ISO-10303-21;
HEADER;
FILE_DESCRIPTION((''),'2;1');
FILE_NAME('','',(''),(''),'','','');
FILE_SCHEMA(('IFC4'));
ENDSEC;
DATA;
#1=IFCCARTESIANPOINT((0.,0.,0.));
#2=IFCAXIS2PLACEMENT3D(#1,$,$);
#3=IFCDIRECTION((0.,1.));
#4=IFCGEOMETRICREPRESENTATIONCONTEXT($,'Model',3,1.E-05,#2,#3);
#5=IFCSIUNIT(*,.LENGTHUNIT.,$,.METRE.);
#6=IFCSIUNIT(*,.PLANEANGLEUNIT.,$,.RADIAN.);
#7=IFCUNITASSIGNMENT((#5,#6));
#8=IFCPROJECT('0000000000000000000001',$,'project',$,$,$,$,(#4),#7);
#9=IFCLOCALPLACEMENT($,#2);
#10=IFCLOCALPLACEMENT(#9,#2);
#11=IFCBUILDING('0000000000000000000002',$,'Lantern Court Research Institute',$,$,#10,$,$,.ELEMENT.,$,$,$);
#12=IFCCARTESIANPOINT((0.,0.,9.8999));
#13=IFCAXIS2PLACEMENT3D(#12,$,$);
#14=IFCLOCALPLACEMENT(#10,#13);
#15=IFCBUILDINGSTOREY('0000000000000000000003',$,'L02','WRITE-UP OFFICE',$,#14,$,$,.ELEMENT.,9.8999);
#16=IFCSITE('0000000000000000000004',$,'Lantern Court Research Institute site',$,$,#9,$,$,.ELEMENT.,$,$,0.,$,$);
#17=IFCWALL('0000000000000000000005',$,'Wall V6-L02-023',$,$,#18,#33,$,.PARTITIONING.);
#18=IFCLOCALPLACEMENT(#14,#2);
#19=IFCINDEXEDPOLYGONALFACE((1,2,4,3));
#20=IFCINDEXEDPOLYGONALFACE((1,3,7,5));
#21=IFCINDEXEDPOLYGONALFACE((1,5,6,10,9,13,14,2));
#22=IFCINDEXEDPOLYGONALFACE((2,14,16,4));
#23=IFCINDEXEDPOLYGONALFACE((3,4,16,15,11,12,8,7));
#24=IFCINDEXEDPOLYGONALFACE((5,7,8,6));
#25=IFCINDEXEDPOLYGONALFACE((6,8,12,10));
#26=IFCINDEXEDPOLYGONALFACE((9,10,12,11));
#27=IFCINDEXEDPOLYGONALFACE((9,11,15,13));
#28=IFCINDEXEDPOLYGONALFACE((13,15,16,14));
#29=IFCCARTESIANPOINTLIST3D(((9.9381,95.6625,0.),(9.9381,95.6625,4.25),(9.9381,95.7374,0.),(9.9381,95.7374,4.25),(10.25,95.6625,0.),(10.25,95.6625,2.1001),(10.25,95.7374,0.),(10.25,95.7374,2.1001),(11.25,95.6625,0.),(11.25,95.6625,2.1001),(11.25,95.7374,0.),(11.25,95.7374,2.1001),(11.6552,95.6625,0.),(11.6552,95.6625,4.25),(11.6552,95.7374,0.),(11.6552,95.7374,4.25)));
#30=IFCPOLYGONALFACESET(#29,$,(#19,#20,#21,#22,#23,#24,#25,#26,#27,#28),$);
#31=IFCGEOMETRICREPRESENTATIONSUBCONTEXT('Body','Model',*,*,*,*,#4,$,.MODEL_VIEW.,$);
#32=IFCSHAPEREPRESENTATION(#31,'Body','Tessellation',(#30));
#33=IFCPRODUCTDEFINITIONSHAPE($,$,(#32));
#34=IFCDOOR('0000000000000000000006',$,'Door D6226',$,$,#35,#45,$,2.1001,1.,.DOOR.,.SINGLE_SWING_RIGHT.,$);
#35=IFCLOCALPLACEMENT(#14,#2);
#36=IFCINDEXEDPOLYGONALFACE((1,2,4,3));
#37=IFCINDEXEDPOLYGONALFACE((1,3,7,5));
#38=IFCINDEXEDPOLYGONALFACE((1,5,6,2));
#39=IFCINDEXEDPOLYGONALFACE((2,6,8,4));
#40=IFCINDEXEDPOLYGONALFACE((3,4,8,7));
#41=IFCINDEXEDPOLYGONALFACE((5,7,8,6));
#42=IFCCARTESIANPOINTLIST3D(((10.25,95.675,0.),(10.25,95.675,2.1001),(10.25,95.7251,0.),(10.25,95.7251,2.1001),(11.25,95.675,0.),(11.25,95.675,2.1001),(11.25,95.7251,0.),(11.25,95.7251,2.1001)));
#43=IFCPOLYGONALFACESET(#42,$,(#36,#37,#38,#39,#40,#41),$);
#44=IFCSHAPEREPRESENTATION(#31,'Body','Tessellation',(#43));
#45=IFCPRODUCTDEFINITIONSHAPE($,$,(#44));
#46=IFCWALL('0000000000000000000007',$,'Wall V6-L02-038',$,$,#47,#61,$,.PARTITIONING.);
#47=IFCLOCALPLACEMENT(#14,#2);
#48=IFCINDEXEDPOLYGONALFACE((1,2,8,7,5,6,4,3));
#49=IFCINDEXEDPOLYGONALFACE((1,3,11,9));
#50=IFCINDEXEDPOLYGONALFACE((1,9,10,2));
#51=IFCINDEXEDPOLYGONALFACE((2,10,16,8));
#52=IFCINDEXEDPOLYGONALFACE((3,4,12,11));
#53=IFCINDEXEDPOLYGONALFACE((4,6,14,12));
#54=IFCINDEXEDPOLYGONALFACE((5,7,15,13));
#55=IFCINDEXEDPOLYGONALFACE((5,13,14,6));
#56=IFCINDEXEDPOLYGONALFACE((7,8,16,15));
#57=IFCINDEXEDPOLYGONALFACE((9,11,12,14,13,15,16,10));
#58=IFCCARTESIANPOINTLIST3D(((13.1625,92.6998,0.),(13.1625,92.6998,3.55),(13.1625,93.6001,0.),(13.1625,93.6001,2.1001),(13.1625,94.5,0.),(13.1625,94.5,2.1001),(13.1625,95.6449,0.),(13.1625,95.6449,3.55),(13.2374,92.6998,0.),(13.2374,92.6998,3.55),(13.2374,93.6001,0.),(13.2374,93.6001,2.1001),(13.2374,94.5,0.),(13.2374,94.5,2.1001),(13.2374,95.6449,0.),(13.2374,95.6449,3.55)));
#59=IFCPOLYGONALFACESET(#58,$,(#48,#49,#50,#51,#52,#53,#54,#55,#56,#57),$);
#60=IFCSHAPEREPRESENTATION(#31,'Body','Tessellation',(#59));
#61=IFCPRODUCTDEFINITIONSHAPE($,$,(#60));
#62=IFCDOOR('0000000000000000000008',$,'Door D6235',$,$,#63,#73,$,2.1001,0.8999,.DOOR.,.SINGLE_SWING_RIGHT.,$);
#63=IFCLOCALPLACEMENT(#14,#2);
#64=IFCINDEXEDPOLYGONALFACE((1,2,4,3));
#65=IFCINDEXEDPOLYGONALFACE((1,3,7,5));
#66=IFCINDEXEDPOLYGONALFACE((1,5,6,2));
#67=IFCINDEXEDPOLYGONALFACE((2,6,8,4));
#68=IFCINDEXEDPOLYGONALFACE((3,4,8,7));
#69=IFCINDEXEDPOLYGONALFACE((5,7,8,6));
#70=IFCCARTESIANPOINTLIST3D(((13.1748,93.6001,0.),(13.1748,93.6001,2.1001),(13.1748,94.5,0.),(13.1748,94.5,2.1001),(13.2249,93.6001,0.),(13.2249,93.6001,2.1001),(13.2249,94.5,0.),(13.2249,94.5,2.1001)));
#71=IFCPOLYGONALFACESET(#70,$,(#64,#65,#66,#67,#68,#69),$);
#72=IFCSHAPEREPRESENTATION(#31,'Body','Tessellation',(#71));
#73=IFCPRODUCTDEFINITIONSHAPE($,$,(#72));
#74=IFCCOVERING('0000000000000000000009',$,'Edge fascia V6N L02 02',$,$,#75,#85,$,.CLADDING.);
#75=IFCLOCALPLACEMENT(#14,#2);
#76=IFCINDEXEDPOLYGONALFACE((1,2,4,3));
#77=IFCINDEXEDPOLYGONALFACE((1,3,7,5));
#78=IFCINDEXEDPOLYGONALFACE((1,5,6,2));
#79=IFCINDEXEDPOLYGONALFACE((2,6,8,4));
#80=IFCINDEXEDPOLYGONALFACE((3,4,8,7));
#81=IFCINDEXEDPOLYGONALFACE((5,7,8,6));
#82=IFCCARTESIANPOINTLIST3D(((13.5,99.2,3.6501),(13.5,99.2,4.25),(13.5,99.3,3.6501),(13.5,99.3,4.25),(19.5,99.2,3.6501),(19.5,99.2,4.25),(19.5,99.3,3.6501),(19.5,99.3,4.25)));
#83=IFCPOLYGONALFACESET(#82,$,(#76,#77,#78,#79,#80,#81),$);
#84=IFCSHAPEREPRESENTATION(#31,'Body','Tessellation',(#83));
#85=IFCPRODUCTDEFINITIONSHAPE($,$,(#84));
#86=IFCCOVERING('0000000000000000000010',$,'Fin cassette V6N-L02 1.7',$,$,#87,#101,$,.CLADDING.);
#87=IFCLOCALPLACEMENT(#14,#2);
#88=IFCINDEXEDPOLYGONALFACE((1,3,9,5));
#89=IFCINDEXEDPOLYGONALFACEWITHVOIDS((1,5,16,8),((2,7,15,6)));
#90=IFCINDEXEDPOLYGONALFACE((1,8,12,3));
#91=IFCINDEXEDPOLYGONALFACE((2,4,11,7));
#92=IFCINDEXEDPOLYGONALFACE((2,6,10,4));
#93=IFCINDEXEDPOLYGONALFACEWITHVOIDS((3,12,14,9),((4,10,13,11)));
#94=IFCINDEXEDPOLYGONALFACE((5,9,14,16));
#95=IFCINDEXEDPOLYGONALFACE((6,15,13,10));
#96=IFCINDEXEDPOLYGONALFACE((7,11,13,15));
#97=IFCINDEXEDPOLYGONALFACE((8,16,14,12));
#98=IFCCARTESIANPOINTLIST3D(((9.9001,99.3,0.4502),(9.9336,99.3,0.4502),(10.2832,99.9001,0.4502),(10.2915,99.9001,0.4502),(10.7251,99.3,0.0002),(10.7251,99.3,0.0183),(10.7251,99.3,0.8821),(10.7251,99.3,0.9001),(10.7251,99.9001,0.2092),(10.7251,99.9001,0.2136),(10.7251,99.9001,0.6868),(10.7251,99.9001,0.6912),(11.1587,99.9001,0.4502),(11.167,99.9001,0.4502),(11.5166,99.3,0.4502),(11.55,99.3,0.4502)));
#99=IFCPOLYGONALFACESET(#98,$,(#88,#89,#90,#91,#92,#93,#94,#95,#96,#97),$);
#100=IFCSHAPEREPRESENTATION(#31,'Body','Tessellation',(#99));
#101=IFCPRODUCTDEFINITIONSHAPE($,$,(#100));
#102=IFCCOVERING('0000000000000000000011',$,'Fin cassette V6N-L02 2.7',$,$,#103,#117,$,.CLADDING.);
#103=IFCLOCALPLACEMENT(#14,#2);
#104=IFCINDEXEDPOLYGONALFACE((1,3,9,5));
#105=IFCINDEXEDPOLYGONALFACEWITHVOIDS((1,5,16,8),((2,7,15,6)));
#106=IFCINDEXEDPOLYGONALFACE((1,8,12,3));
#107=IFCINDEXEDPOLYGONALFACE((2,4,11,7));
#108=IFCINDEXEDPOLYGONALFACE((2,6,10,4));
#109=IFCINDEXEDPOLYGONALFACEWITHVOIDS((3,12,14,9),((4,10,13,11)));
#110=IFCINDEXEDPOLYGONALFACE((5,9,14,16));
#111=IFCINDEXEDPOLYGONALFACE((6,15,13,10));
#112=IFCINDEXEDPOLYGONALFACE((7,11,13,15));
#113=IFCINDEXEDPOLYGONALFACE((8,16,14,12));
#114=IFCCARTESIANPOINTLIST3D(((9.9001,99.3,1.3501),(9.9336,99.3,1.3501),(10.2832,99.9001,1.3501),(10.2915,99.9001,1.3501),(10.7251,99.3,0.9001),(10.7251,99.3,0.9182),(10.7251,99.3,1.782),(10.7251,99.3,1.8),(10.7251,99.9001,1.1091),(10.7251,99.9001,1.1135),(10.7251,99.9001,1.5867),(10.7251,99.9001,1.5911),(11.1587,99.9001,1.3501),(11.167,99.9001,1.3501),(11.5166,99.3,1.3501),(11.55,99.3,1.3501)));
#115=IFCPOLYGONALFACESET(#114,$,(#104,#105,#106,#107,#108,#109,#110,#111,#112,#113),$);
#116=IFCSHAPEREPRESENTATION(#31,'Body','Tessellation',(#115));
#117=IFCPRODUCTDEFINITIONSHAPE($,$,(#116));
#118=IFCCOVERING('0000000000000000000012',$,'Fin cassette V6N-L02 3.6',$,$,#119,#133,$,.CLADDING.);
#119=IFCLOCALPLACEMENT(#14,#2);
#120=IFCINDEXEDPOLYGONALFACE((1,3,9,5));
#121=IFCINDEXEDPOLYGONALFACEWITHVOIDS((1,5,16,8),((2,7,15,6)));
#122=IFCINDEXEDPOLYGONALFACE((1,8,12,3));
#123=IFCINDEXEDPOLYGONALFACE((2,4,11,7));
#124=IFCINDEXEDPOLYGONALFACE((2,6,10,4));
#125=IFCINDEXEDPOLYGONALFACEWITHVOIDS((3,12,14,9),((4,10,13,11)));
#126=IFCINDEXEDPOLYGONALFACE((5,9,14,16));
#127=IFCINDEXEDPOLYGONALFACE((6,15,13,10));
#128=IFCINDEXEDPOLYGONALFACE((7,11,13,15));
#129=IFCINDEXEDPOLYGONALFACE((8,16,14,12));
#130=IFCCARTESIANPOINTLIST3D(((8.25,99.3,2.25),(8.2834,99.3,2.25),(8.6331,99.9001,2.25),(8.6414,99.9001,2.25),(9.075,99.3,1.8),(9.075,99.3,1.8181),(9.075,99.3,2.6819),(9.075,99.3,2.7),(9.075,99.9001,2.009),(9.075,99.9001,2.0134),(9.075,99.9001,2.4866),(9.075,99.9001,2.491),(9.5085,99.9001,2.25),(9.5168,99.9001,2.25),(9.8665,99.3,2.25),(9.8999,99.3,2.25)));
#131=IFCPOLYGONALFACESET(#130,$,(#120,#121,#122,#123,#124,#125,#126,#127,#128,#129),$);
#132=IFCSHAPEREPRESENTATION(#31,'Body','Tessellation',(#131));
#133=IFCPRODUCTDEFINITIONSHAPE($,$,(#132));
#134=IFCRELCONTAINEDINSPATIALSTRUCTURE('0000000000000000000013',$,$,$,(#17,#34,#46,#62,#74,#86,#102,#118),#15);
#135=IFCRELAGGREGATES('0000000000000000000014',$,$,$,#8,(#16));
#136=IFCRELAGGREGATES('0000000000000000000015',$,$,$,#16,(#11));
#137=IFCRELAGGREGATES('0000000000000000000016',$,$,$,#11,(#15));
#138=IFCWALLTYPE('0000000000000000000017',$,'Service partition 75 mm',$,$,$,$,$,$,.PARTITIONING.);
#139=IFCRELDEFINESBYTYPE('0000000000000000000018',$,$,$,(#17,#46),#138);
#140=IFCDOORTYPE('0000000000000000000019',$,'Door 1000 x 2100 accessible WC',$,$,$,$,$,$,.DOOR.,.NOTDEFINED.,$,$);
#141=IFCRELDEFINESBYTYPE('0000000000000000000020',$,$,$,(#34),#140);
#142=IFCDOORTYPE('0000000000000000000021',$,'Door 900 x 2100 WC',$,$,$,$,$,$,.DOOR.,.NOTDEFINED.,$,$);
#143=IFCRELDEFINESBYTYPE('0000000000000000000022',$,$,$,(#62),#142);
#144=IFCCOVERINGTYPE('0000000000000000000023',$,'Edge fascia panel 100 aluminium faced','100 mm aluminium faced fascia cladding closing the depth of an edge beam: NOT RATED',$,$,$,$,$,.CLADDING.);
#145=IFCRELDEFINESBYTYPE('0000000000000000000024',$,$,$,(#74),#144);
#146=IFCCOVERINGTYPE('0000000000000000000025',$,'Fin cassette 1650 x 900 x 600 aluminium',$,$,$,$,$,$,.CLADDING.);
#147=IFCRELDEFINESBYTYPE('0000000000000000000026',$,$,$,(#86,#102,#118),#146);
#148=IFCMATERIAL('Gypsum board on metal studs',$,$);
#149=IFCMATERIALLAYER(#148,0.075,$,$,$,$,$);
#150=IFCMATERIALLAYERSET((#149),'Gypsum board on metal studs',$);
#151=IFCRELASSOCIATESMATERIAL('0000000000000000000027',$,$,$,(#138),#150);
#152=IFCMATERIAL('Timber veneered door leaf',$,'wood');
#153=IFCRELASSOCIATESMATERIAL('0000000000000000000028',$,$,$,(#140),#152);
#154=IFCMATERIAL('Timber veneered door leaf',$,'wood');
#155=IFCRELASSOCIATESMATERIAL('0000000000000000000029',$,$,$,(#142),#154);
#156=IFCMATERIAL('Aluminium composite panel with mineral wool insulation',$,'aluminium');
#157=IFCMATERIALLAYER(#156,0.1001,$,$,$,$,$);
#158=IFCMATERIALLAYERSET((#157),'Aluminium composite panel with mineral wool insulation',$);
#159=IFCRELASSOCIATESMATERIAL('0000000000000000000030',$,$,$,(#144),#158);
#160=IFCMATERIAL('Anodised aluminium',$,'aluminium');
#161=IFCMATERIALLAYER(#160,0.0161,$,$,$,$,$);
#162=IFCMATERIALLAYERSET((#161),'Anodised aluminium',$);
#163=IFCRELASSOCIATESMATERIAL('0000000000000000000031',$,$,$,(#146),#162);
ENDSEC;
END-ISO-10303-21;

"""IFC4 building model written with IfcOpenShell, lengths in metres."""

from ifc_helpers import new_model, entity, si_unit, direction, frame, frame_2d, origin, place, context, subcontext, project, spatial, rectangle, extrude, material, layer, layer_set, type_object, element, fill, save


model = new_model("IFC4")

# Units and contexts
model_context = context("Model", 3, precision=1e-05, world=origin(), true_north=direction((0.0, 1.0)))
body_context = subcontext(model_context, "Body", "Model", "MODEL_VIEW")
ifc_project = project(units=[si_unit("LENGTHUNIT", "METRE"), si_unit("PLANEANGLEUNIT", "RADIAN")], contexts=[model_context])

# Site, building, storey
site_placement = place(None, origin())
site = spatial("IfcSite", under=ifc_project, at=site_placement, Name="Lantern Court Research Institute site", CompositionType="ELEMENT", RefElevation=0.0)
building_placement = place(site_placement, origin())
building = spatial("IfcBuilding", under=site, at=building_placement, Name="Lantern Court Research Institute", CompositionType="ELEMENT")
storey_placement = place(building_placement, frame((0.0, 0.0, 9.8999)))
storey = spatial("IfcBuildingStorey", under=building, at=storey_placement, Name="L02", Description="WRITE-UP OFFICE", CompositionType="ELEMENT", Elevation=9.8999)

# Walls, openings, doors
ifc_material_1 = material(Name="Gypsum board on metal studs")
ifc_layer_1 = layer(ifc_material_1, 0.075)
ifc_layer_set_1 = layer_set([ifc_layer_1], Name="Gypsum board on metal studs")
wall_type_1 = type_object("IfcWallType", Name="Service partition 75 mm", PredefinedType="PARTITIONING", material=ifc_layer_set_1)
wall_1_placement = place(storey_placement, frame((11.655, 95.7, 0.0), z_axis=(0.0, 0.0, 1.0), x_axis=(-1.0, 0.0, 0.0)))
wall_1 = element("IfcWall", 1, at=wall_1_placement, inside=storey, type_object=wall_type_1, Name="Wall V6-L02-023", PredefinedType="PARTITIONING", context=body_context, shape_type="SweptSolid", body=[
    extrude(rectangle(XDim=1.717, YDim=0.075, at=frame_2d((0.8584, 0.0))), origin(), (0.0, 0.0, 1.0), 4.25),
])
opening_1_placement = place(wall_1_placement, frame((0.405, 0.0, 0.0)))
opening_1 = element("IfcOpeningElement", 2, at=opening_1_placement, cuts=wall_1, PredefinedType="OPENING", context=body_context, shape_type="SweptSolid", body=[
    extrude(rectangle(XDim=1.0, YDim=2.1001, at=frame_2d((0.5, 1.05))), frame((0.0, 0.0474, 0.0), z_axis=(0.0, -1.0, 0.0), x_axis=(1.0, 0.0, 0.0)), (0.0, 0.0, 1.0), 0.095),
])
ifc_material_2 = material(Name="Timber veneered door leaf", Category="wood")
door_type_1 = type_object("IfcDoorType", Name="Door 1000 x 2100 accessible WC", OperationType="NOTDEFINED", PredefinedType="DOOR", material=ifc_material_2)
door_1_placement = place(opening_1_placement, origin())
door_1 = element("IfcDoor", 3, at=door_1_placement, inside=storey, type_object=door_type_1, Name="Door D6226", OperationType="SINGLE_SWING_RIGHT", OverallHeight=2.1001, OverallWidth=1.0, PredefinedType="DOOR", context=body_context, shape_type="SweptSolid", body=[
    extrude(rectangle(XDim=1.0, YDim=2.1001, at=frame_2d((0.5, 1.05))), frame((0.0, 0.0249, 0.0), z_axis=(0.0, -1.0, 0.0), x_axis=(1.0, 0.0, 0.0)), (0.0, 0.0, 1.0), 0.05),
])
fill(opening_1, door_1)
wall_2_placement = place(storey_placement, frame((13.2, 95.645, 0.0), z_axis=(0.0, 0.0, 1.0), x_axis=(0.0, -1.0, 0.0)))
wall_2 = element("IfcWall", 4, at=wall_2_placement, inside=storey, type_object=wall_type_1, Name="Wall V6-L02-038", PredefinedType="PARTITIONING", context=body_context, shape_type="SweptSolid", body=[
    extrude(rectangle(XDim=2.9451, YDim=0.075, at=frame_2d((1.4727, 0.0))), origin(), (0.0, 0.0, 1.0), 3.55),
])
opening_2_placement = place(wall_2_placement, frame((1.145, 0.0, 0.0)))
opening_2 = element("IfcOpeningElement", 5, at=opening_2_placement, cuts=wall_2, PredefinedType="OPENING", context=body_context, shape_type="SweptSolid", body=[
    extrude(rectangle(XDim=0.8999, YDim=2.1001, at=frame_2d((0.45, 1.05))), frame((0.0, 0.0474, 0.0), z_axis=(0.0, -1.0, 0.0), x_axis=(1.0, 0.0, 0.0)), (0.0, 0.0, 1.0), 0.095),
])
ifc_material_3 = material(Name="Timber veneered door leaf", Category="wood")
door_type_2 = type_object("IfcDoorType", Name="Door 900 x 2100 WC", OperationType="NOTDEFINED", PredefinedType="DOOR", material=ifc_material_3)
door_2_placement = place(opening_2_placement, origin())
door_2 = element("IfcDoor", 6, at=door_2_placement, inside=storey, type_object=door_type_2, Name="Door D6235", OperationType="SINGLE_SWING_RIGHT", OverallHeight=2.1001, OverallWidth=0.8999, PredefinedType="DOOR", context=body_context, shape_type="SweptSolid", body=[
    extrude(rectangle(XDim=0.8999, YDim=2.1001, at=frame_2d((0.45, 1.05))), frame((0.0, 0.0249, 0.0), z_axis=(0.0, -1.0, 0.0), x_axis=(1.0, 0.0, 0.0)), (0.0, 0.0, 1.0), 0.05),
])
fill(opening_2, door_2)

# Coverings
ifc_material_4 = material(Name="Aluminium composite panel with mineral wool insulation", Category="aluminium")
ifc_layer_2 = layer(ifc_material_4, 0.1001)
ifc_layer_set_2 = layer_set([ifc_layer_2], Name="Aluminium composite panel with mineral wool insulation")
covering_type_1 = type_object("IfcCoveringType", Name="Edge fascia panel 100 aluminium faced", Description="100 mm aluminium faced fascia cladding closing the depth of an edge beam: NOT RATED", PredefinedType="CLADDING", material=ifc_layer_set_2)
covering_1_placement = place(storey_placement, frame((13.5, 99.25, 3.6501), z_axis=(0.0, 0.0, 1.0), x_axis=(1.0, 0.0, 0.0)))
element("IfcCovering", 7, at=covering_1_placement, inside=storey, type_object=covering_type_1, Name="Edge fascia V6N L02 02", PredefinedType="CLADDING", context=body_context, shape_type="SweptSolid", body=[
    extrude(rectangle(XDim=6.0, YDim=0.1001, at=frame_2d((3.0, 0.0))), origin(), (0.0, 0.0, 1.0), 0.5999),
])
ifc_material_5 = material(Name="Anodised aluminium", Category="aluminium")
ifc_layer_3 = layer(ifc_material_5, 0.0161)
ifc_layer_set_3 = layer_set([ifc_layer_3], Name="Anodised aluminium")
covering_type_2 = type_object("IfcCoveringType", Name="Fin cassette 1650 x 900 x 600 aluminium", PredefinedType="CLADDING", material=ifc_layer_set_3)
covering_2_placement = place(storey_placement, frame((10.7251, 99.3, 0.4502), z_axis=(0.0, 1.0, 0.0), x_axis=(-1.0, 0.0, 0.0)))
cartesian_point_1 = entity("IfcCartesianPoint", [0.825, 0.0])
cartesian_point_2 = entity("IfcCartesianPoint", [0.7915, 0.0])
cartesian_point_3 = entity("IfcCartesianPoint", [0.4419, 0.0])
cartesian_point_4 = entity("IfcCartesianPoint", [0.4336, 0.0])
element("IfcCovering", 8, at=covering_2_placement, inside=storey, type_object=covering_type_2, Name="Fin cassette V6N-L02 1.7", PredefinedType="CLADDING", context=body_context, shape_type="SweptSolid", body=[
    entity("IfcExtrudedAreaSolidTapered", entity("IfcArbitraryProfileDefWithVoids", "AREA", None, entity("IfcPolyline", [cartesian_point_1, entity("IfcCartesianPoint", [0.0, 0.45]), entity("IfcCartesianPoint", [-0.825, 0.0]), entity("IfcCartesianPoint", [0.0, -0.45]), cartesian_point_1]), [entity("IfcPolyline", [cartesian_point_2, entity("IfcCartesianPoint", [0.0, 0.4319]), entity("IfcCartesianPoint", [-0.7915, 0.0]), entity("IfcCartesianPoint", [0.0, -0.4319]), cartesian_point_2])]), entity("IfcAxis2Placement3D", entity("IfcCartesianPoint", [0.0, 0.0, 0.0])), entity("IfcDirection", [0.0, 0.0, 1.0]), 0.6001, entity("IfcArbitraryProfileDefWithVoids", "AREA", None, entity("IfcPolyline", [cartesian_point_3, entity("IfcCartesianPoint", [0.0, 0.241]), entity("IfcCartesianPoint", [-0.4419, 0.0]), entity("IfcCartesianPoint", [0.0, -0.241]), cartesian_point_3]), [entity("IfcPolyline", [cartesian_point_4, entity("IfcCartesianPoint", [0.0, 0.2366]), entity("IfcCartesianPoint", [-0.4336, 0.0]), entity("IfcCartesianPoint", [0.0, -0.2366]), cartesian_point_4])])),
])
covering_3_placement = place(storey_placement, frame((10.7251, 99.3, 1.3501), z_axis=(0.0, 1.0, 0.0), x_axis=(-1.0, 0.0, 0.0)))
cartesian_point_5 = entity("IfcCartesianPoint", [0.825, 0.0])
cartesian_point_6 = entity("IfcCartesianPoint", [0.7915, 0.0])
cartesian_point_7 = entity("IfcCartesianPoint", [0.4419, 0.0])
cartesian_point_8 = entity("IfcCartesianPoint", [0.4336, 0.0])
element("IfcCovering", 9, at=covering_3_placement, inside=storey, type_object=covering_type_2, Name="Fin cassette V6N-L02 2.7", PredefinedType="CLADDING", context=body_context, shape_type="SweptSolid", body=[
    entity("IfcExtrudedAreaSolidTapered", entity("IfcArbitraryProfileDefWithVoids", "AREA", None, entity("IfcPolyline", [cartesian_point_5, entity("IfcCartesianPoint", [0.0, 0.45]), entity("IfcCartesianPoint", [-0.825, 0.0]), entity("IfcCartesianPoint", [0.0, -0.45]), cartesian_point_5]), [entity("IfcPolyline", [cartesian_point_6, entity("IfcCartesianPoint", [0.0, 0.4319]), entity("IfcCartesianPoint", [-0.7915, 0.0]), entity("IfcCartesianPoint", [0.0, -0.4319]), cartesian_point_6])]), entity("IfcAxis2Placement3D", entity("IfcCartesianPoint", [0.0, 0.0, 0.0])), entity("IfcDirection", [0.0, 0.0, 1.0]), 0.6001, entity("IfcArbitraryProfileDefWithVoids", "AREA", None, entity("IfcPolyline", [cartesian_point_7, entity("IfcCartesianPoint", [0.0, 0.241]), entity("IfcCartesianPoint", [-0.4419, 0.0]), entity("IfcCartesianPoint", [0.0, -0.241]), cartesian_point_7]), [entity("IfcPolyline", [cartesian_point_8, entity("IfcCartesianPoint", [0.0, 0.2366]), entity("IfcCartesianPoint", [-0.4336, 0.0]), entity("IfcCartesianPoint", [0.0, -0.2366]), cartesian_point_8])])),
])
covering_4_placement = place(storey_placement, frame((9.075, 99.3, 2.25), z_axis=(0.0, 1.0, 0.0), x_axis=(-1.0, 0.0, 0.0)))
cartesian_point_9 = entity("IfcCartesianPoint", [0.825, 0.0])
cartesian_point_10 = entity("IfcCartesianPoint", [0.7915, 0.0])
cartesian_point_11 = entity("IfcCartesianPoint", [0.4419, 0.0])
cartesian_point_12 = entity("IfcCartesianPoint", [0.4336, 0.0])
element("IfcCovering", 10, at=covering_4_placement, inside=storey, type_object=covering_type_2, Name="Fin cassette V6N-L02 3.6", PredefinedType="CLADDING", context=body_context, shape_type="SweptSolid", body=[
    entity("IfcExtrudedAreaSolidTapered", entity("IfcArbitraryProfileDefWithVoids", "AREA", None, entity("IfcPolyline", [cartesian_point_9, entity("IfcCartesianPoint", [0.0, 0.45]), entity("IfcCartesianPoint", [-0.825, 0.0]), entity("IfcCartesianPoint", [0.0, -0.45]), cartesian_point_9]), [entity("IfcPolyline", [cartesian_point_10, entity("IfcCartesianPoint", [0.0, 0.4319]), entity("IfcCartesianPoint", [-0.7915, 0.0]), entity("IfcCartesianPoint", [0.0, -0.4319]), cartesian_point_10])]), entity("IfcAxis2Placement3D", entity("IfcCartesianPoint", [0.0, 0.0, 0.0])), entity("IfcDirection", [0.0, 0.0, 1.0]), 0.6001, entity("IfcArbitraryProfileDefWithVoids", "AREA", None, entity("IfcPolyline", [cartesian_point_11, entity("IfcCartesianPoint", [0.0, 0.241]), entity("IfcCartesianPoint", [-0.4419, 0.0]), entity("IfcCartesianPoint", [0.0, -0.241]), cartesian_point_11]), [entity("IfcPolyline", [cartesian_point_12, entity("IfcCartesianPoint", [0.0, 0.2366]), entity("IfcCartesianPoint", [-0.4336, 0.0]), entity("IfcCartesianPoint", [0.0, -0.2366]), cartesian_point_12])])),
])

save(model, "model.ifc")
